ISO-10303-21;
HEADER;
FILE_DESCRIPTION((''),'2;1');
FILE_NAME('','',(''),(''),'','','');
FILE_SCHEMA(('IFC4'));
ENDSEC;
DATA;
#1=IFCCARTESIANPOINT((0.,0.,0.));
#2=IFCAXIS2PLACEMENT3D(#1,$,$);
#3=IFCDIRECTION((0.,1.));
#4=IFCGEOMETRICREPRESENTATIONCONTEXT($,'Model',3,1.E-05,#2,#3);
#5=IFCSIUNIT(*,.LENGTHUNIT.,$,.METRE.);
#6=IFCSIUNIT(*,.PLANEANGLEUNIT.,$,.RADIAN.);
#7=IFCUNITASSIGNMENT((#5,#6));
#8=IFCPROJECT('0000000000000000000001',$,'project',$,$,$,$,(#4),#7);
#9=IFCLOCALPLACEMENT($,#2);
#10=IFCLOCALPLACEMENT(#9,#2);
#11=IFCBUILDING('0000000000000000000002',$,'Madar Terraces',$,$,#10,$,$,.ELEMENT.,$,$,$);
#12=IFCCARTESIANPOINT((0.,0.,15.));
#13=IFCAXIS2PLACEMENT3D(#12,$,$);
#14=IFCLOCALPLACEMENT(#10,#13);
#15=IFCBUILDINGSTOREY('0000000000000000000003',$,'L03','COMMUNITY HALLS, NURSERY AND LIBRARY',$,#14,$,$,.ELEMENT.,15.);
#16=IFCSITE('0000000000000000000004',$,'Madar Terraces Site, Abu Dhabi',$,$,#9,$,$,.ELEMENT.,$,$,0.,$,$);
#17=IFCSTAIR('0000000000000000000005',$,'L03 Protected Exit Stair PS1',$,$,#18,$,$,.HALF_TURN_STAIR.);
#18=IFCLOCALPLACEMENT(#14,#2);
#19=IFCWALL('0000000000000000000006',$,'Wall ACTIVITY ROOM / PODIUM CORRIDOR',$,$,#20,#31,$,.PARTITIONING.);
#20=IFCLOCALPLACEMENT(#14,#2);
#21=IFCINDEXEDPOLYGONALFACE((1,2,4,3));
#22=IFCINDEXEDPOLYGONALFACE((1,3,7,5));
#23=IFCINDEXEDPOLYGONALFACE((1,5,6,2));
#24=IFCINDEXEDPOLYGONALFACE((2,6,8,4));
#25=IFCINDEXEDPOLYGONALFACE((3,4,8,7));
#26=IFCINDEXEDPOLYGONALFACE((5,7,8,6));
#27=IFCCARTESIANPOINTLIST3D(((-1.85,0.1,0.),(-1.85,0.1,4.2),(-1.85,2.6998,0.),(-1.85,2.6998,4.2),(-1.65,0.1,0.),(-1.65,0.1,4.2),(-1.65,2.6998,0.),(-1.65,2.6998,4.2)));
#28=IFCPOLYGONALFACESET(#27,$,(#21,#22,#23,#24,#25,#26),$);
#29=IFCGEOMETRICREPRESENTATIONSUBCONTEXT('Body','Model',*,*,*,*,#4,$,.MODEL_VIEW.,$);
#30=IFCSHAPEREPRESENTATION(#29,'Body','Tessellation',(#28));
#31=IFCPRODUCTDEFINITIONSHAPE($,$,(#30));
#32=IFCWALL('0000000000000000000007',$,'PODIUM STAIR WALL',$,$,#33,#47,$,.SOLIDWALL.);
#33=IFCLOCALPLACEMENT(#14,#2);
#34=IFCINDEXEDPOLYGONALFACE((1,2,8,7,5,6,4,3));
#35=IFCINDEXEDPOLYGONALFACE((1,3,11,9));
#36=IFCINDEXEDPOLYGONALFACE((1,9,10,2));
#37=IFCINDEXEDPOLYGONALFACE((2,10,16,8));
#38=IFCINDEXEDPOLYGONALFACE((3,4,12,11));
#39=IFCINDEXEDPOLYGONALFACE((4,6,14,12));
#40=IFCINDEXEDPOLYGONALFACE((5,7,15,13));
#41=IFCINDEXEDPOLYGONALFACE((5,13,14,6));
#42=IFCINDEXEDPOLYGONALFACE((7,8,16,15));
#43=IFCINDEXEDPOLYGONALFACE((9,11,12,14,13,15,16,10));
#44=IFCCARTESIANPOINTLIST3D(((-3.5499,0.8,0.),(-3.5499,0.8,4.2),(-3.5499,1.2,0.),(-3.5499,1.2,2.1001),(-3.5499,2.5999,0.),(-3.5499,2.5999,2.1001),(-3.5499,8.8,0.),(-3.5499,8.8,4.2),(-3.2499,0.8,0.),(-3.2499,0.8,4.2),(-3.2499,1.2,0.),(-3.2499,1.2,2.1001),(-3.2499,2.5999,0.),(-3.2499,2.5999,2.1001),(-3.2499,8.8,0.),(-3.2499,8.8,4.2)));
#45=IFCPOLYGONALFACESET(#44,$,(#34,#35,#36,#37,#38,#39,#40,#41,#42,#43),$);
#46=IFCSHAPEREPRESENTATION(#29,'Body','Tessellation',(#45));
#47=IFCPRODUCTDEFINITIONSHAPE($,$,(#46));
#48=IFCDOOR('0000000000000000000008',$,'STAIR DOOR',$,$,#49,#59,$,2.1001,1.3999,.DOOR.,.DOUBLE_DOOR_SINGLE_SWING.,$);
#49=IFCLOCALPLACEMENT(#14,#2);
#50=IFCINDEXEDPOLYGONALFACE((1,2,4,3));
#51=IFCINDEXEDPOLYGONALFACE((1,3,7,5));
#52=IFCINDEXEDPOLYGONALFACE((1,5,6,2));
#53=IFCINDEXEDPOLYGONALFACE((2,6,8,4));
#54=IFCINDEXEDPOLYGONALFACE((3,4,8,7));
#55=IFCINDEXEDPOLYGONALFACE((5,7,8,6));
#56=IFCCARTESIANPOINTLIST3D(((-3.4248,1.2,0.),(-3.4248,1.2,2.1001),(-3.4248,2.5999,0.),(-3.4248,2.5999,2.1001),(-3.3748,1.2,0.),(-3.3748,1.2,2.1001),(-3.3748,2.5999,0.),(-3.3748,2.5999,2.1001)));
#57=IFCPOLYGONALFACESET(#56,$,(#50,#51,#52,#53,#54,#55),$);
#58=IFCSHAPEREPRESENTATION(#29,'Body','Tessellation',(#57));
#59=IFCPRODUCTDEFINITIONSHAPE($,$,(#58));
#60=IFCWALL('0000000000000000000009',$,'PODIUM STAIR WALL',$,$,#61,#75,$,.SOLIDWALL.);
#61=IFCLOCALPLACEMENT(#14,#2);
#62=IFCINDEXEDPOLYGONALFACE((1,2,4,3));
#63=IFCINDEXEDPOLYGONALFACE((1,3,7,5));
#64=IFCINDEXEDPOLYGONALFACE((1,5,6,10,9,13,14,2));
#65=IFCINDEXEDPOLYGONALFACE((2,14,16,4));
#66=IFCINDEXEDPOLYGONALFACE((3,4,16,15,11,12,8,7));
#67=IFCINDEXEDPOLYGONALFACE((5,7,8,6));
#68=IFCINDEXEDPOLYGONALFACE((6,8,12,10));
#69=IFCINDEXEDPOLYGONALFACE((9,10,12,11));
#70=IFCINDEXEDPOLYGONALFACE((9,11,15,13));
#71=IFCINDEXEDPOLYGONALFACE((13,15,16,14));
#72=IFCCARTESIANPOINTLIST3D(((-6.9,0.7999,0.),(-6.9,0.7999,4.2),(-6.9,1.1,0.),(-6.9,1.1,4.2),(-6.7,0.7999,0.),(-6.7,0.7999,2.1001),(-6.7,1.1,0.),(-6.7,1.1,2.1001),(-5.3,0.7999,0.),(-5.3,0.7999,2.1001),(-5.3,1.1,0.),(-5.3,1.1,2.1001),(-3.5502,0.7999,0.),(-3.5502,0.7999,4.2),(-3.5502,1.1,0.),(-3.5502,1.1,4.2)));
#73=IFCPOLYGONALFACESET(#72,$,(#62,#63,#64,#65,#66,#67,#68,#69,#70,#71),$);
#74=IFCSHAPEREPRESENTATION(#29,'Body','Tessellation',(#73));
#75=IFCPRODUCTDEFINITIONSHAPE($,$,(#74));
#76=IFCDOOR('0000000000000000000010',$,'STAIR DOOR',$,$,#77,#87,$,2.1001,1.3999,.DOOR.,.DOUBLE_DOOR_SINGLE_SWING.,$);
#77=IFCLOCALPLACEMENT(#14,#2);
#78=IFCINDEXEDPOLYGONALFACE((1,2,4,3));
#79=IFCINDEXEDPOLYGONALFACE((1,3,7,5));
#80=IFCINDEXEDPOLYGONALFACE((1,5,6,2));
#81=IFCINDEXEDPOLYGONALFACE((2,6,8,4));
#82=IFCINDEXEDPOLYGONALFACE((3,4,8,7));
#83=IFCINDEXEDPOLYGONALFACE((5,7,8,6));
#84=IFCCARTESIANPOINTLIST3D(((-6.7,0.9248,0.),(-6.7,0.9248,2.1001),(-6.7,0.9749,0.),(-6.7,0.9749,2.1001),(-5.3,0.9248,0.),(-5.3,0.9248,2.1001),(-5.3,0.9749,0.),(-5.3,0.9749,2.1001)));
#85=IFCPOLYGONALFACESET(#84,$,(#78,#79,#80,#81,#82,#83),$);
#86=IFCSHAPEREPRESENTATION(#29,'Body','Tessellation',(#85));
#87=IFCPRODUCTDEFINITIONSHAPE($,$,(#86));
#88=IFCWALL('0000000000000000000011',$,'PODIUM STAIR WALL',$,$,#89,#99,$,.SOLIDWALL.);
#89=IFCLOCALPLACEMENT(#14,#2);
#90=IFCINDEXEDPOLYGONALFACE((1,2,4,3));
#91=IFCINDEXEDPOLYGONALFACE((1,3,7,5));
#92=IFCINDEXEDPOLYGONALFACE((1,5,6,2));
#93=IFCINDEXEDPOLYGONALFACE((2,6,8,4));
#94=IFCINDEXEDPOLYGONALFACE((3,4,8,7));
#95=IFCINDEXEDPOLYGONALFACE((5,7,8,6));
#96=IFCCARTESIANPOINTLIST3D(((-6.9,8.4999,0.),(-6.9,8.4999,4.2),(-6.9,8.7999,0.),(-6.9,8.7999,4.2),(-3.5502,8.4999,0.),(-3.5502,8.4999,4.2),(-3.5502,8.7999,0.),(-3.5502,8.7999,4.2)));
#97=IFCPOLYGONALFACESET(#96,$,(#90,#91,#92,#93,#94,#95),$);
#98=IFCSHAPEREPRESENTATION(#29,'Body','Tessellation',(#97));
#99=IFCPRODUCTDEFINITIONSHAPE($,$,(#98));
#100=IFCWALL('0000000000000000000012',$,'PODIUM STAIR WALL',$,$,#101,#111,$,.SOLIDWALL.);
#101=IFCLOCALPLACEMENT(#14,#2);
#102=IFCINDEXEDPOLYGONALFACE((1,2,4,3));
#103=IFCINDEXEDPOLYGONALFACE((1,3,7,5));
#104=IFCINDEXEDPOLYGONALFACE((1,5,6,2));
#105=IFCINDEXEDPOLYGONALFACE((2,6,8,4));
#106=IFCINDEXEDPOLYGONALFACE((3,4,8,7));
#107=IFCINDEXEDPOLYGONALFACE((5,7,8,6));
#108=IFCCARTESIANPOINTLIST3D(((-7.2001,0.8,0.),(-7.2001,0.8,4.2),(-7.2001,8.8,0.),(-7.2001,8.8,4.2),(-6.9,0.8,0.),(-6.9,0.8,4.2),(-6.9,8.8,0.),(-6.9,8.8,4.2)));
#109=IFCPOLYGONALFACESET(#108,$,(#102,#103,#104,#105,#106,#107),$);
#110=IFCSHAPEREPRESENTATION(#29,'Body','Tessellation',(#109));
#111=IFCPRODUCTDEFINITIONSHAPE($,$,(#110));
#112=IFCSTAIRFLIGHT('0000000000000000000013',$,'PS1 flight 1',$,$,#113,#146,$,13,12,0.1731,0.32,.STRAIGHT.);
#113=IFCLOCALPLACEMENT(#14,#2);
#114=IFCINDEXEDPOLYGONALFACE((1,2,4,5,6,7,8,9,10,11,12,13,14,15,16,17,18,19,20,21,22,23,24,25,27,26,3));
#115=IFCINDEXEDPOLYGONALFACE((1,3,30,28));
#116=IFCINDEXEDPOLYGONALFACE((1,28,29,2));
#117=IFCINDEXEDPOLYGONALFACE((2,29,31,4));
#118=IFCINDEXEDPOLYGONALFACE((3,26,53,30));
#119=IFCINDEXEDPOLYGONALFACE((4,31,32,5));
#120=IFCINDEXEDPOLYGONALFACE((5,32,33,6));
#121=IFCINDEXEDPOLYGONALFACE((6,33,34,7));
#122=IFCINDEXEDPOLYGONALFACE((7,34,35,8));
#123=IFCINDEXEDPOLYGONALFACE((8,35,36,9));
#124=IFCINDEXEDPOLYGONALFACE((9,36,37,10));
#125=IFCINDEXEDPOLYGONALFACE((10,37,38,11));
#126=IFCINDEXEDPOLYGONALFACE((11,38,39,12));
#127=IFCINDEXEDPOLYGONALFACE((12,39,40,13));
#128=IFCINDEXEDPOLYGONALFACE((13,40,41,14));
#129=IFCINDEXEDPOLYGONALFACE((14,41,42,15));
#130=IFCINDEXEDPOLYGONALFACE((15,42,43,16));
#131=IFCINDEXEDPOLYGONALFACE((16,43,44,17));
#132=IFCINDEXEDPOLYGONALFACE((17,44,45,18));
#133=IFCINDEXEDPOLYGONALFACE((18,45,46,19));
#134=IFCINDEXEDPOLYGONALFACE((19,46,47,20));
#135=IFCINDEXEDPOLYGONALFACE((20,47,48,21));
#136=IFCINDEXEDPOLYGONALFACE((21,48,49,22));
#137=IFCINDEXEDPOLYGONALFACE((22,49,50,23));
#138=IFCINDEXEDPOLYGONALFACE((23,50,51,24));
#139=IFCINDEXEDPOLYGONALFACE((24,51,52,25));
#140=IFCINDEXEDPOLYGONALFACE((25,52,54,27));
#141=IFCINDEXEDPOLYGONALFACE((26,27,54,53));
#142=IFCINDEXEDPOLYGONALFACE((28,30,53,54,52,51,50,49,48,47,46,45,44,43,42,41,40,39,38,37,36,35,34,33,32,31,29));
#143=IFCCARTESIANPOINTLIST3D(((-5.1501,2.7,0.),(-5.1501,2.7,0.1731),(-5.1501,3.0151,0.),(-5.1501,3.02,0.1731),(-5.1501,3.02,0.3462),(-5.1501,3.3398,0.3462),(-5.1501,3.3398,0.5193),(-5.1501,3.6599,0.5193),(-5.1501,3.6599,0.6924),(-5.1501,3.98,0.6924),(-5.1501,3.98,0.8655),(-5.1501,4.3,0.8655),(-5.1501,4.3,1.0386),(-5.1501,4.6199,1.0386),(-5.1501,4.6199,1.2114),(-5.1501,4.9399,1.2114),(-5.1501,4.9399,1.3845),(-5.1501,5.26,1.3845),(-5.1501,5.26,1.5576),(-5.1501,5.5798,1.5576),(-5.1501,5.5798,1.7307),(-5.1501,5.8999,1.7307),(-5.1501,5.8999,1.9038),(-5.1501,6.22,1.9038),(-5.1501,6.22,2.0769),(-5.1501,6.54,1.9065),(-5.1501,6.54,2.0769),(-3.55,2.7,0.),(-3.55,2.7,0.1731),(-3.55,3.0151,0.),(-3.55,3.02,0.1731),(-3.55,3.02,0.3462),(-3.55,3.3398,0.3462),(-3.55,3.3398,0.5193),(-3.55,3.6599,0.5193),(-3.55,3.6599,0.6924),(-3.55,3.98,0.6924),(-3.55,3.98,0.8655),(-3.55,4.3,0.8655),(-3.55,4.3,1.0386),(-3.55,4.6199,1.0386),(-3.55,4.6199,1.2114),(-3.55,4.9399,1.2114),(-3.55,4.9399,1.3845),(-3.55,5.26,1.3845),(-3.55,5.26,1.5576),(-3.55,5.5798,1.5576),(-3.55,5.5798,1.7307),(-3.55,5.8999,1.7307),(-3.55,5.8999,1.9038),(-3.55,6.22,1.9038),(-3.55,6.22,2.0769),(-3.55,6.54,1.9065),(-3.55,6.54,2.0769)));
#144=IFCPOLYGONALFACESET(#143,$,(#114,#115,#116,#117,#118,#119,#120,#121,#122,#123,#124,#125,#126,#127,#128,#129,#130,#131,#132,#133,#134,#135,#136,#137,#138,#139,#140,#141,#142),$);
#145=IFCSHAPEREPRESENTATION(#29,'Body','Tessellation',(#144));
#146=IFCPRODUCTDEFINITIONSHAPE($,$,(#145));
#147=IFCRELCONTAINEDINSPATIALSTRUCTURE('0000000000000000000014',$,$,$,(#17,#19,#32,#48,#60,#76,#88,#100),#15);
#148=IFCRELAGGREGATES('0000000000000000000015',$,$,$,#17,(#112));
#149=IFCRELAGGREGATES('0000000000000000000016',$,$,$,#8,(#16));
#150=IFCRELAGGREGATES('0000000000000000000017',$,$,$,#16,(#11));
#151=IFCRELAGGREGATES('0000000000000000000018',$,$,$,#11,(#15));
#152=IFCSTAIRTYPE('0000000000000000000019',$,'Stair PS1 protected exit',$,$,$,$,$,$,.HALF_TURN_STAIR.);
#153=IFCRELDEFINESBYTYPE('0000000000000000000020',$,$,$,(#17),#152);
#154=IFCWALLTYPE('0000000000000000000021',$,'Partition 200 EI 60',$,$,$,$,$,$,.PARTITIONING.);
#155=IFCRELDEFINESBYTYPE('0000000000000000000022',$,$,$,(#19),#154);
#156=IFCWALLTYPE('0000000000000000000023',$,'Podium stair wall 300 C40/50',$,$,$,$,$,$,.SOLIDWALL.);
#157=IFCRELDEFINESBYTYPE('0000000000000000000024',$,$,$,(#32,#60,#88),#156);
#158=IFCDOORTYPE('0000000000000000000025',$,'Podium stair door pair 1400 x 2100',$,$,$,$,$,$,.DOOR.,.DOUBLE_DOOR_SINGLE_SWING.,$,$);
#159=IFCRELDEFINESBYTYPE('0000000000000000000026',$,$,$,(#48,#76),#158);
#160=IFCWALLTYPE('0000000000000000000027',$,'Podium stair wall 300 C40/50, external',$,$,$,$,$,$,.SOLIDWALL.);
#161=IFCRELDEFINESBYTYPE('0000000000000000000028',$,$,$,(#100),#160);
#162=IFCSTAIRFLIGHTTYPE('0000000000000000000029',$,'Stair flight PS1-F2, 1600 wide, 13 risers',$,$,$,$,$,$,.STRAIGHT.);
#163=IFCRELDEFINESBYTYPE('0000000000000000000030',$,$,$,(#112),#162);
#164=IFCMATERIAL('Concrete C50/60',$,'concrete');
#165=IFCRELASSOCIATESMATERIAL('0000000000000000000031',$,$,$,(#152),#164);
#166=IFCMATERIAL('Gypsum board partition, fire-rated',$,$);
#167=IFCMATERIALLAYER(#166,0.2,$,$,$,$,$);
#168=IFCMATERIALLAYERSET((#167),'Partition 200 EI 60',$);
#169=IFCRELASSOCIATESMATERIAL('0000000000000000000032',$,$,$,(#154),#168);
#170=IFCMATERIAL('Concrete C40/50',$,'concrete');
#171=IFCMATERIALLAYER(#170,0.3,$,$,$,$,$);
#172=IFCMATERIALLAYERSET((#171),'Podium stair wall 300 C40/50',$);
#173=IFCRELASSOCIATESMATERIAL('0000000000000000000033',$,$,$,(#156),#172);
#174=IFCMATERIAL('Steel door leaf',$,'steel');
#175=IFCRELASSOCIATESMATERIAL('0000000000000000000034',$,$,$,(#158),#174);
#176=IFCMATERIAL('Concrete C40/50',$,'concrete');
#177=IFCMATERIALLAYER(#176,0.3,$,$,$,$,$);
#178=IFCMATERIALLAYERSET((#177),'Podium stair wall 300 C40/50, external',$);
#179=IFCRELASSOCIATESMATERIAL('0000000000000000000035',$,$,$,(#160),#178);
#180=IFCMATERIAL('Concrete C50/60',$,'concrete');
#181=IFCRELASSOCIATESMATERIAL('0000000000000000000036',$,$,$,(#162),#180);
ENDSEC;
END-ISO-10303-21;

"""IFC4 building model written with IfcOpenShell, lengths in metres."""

from ifc_helpers import new_model, si_unit, direction, frame, frame_2d, origin, place, context, subcontext, project, spatial, polyline, rectangle, outline, extrude, material, layer, layer_set, type_object, element, fill, aggregate, save


model = new_model("IFC4")

# Units and contexts
model_context = context("Model", 3, precision=1e-05, world=origin(), true_north=direction((0.0, 1.0)))
body_context = subcontext(model_context, "Body", "Model", "MODEL_VIEW")
ifc_project = project(units=[si_unit("LENGTHUNIT", "METRE"), si_unit("PLANEANGLEUNIT", "RADIAN")], contexts=[model_context])

# Site, building, storey
site_placement = place(None, origin())
site = spatial("IfcSite", under=ifc_project, at=site_placement, Name="Madar Terraces Site, Abu Dhabi", CompositionType="ELEMENT", RefElevation=0.0)
building_placement = place(site_placement, origin())
building = spatial("IfcBuilding", under=site, at=building_placement, Name="Madar Terraces", CompositionType="ELEMENT")
storey_placement = place(building_placement, frame((0.0, 0.0, 15.0)))
storey = spatial("IfcBuildingStorey", under=building, at=storey_placement, Name="L03", Description="COMMUNITY HALLS, NURSERY AND LIBRARY", CompositionType="ELEMENT", Elevation=15.0)

# Stair
ifc_material_1 = material(Name="Concrete C50/60", Category="concrete")
stair_type_1 = type_object("IfcStairType", Name="Stair PS1 protected exit", PredefinedType="HALF_TURN_STAIR", material=ifc_material_1)
stair_1_placement = place(storey_placement, origin())
stair_1 = element("IfcStair", 1, at=stair_1_placement, inside=storey, type_object=stair_type_1, Name="L03 Protected Exit Stair PS1", PredefinedType="HALF_TURN_STAIR")

# Wall
ifc_material_2 = material(Name="Gypsum board partition, fire-rated")
ifc_layer_1 = layer(ifc_material_2, 0.2)
ifc_layer_set_1 = layer_set([ifc_layer_1], Name="Partition 200 EI 60")
wall_type_1 = type_object("IfcWallType", Name="Partition 200 EI 60", PredefinedType="PARTITIONING", material=ifc_layer_set_1)
wall_1_placement = place(storey_placement, frame((-1.75, 0.1001, 0.0), z_axis=(0.0, 0.0, 1.0), x_axis=(0.0, 1.0, 0.0)))
element("IfcWall", 2, at=wall_1_placement, inside=storey, type_object=wall_type_1, Name="Wall ACTIVITY ROOM / PODIUM CORRIDOR", PredefinedType="PARTITIONING", context=body_context, shape_type="SweptSolid", body=[
    extrude(rectangle(XDim=2.5999, YDim=0.2, at=frame_2d((1.2998, 0.0))), origin(), (0.0, 0.0, 1.0), 4.2),
])

# Walls, openings, doors
ifc_material_3 = material(Name="Concrete C40/50", Category="concrete")
ifc_layer_2 = layer(ifc_material_3, 0.3)
ifc_layer_set_2 = layer_set([ifc_layer_2], Name="Podium stair wall 300 C40/50")
wall_type_2 = type_object("IfcWallType", Name="Podium stair wall 300 C40/50", PredefinedType="SOLIDWALL", material=ifc_layer_set_2)
wall_2_placement = place(storey_placement, frame((-3.3999, 0.8, 0.0), z_axis=(0.0, 0.0, 1.0), x_axis=(0.0, 1.0, 0.0)))
wall_2 = element("IfcWall", 3, at=wall_2_placement, inside=storey, type_object=wall_type_2, Name="PODIUM STAIR WALL", PredefinedType="SOLIDWALL", context=body_context, shape_type="SweptSolid", body=[
    extrude(rectangle(XDim=8.0, YDim=0.3, at=frame_2d((4.0, 0.0))), origin(), (0.0, 0.0, 1.0), 4.2),
])
opening_1_placement = place(wall_2_placement, frame((0.3999, 0.0, 0.0)))
opening_1 = element("IfcOpeningElement", 4, at=opening_1_placement, cuts=wall_2, PredefinedType="OPENING", context=body_context, shape_type="SweptSolid", body=[
    extrude(rectangle(XDim=1.3999, YDim=2.1001, at=frame_2d((0.7, 1.05))), frame((0.0, 0.1599, 0.0), z_axis=(0.0, -1.0, 0.0), x_axis=(1.0, 0.0, 0.0)), (0.0, 0.0, 1.0), 0.3201),
])
ifc_material_4 = material(Name="Steel door leaf", Category="steel")
door_type = type_object("IfcDoorType", Name="Podium stair door pair 1400 x 2100", OperationType="DOUBLE_DOOR_SINGLE_SWING", PredefinedType="DOOR", material=ifc_material_4)
door_1_placement = place(opening_1_placement, origin())
door_1 = element("IfcDoor", 5, at=door_1_placement, inside=storey, type_object=door_type, Name="STAIR DOOR", OperationType="DOUBLE_DOOR_SINGLE_SWING", OverallHeight=2.1001, OverallWidth=1.3999, PredefinedType="DOOR", context=body_context, shape_type="SweptSolid", body=[
    extrude(rectangle(XDim=1.3999, YDim=2.1001, at=frame_2d((0.7, 1.05))), frame((0.0, 0.0249, 0.0), z_axis=(0.0, -1.0, 0.0), x_axis=(1.0, 0.0, 0.0)), (0.0, 0.0, 1.0), 0.05),
])
fill(opening_1, door_1)
wall_3_placement = place(storey_placement, frame((-6.8999, 0.95, 0.0), z_axis=(0.0, 0.0, 1.0), x_axis=(1.0, 0.0, 0.0)))
wall_3 = element("IfcWall", 6, at=wall_3_placement, inside=storey, type_object=wall_type_2, Name="PODIUM STAIR WALL", PredefinedType="SOLIDWALL", context=body_context, shape_type="SweptSolid", body=[
    extrude(rectangle(XDim=3.3499, YDim=0.3, at=frame_2d((1.6748, 0.0))), origin(), (0.0, 0.0, 1.0), 4.2),
])
opening_2_placement = place(wall_3_placement, frame((0.2, 0.0, 0.0)))
opening_2 = element("IfcOpeningElement", 7, at=opening_2_placement, cuts=wall_3, PredefinedType="OPENING", context=body_context, shape_type="SweptSolid", body=[
    extrude(rectangle(XDim=1.3999, YDim=2.1001, at=frame_2d((0.7, 1.05))), frame((0.0, 0.1599, 0.0), z_axis=(0.0, -1.0, 0.0), x_axis=(1.0, 0.0, 0.0)), (0.0, 0.0, 1.0), 0.3201),
])
door_2_placement = place(opening_2_placement, origin())
door_2 = element("IfcDoor", 8, at=door_2_placement, inside=storey, type_object=door_type, Name="STAIR DOOR", OperationType="DOUBLE_DOOR_SINGLE_SWING", OverallHeight=2.1001, OverallWidth=1.3999, PredefinedType="DOOR", context=body_context, shape_type="SweptSolid", body=[
    extrude(rectangle(XDim=1.3999, YDim=2.1001, at=frame_2d((0.7, 1.05))), frame((0.0, 0.0249, 0.0), z_axis=(0.0, -1.0, 0.0), x_axis=(1.0, 0.0, 0.0)), (0.0, 0.0, 1.0), 0.05),
])
fill(opening_2, door_2)

# Walls
wall_4_placement = place(storey_placement, frame((-6.8999, 8.6499, 0.0), z_axis=(0.0, 0.0, 1.0), x_axis=(1.0, 0.0, 0.0)))
element("IfcWall", 9, at=wall_4_placement, inside=storey, type_object=wall_type_2, Name="PODIUM STAIR WALL", PredefinedType="SOLIDWALL", context=body_context, shape_type="SweptSolid", body=[
    extrude(rectangle(XDim=3.3499, YDim=0.3, at=frame_2d((1.6748, 0.0))), origin(), (0.0, 0.0, 1.0), 4.2),
])
ifc_material_5 = material(Name="Concrete C40/50", Category="concrete")
ifc_layer_3 = layer(ifc_material_5, 0.3)
ifc_layer_set_3 = layer_set([ifc_layer_3], Name="Podium stair wall 300 C40/50, external")
wall_type_3 = type_object("IfcWallType", Name="Podium stair wall 300 C40/50, external", PredefinedType="SOLIDWALL", material=ifc_layer_set_3)
wall_5_placement = place(storey_placement, frame((-7.05, 0.8, 0.0), z_axis=(0.0, 0.0, 1.0), x_axis=(0.0, 1.0, 0.0)))
element("IfcWall", 10, at=wall_5_placement, inside=storey, type_object=wall_type_3, Name="PODIUM STAIR WALL", PredefinedType="SOLIDWALL", context=body_context, shape_type="SweptSolid", body=[
    extrude(rectangle(XDim=8.0, YDim=0.3, at=frame_2d((4.0, 0.0))), origin(), (0.0, 0.0, 1.0), 4.2),
])

# Stair flight
ifc_material_6 = material(Name="Concrete C50/60", Category="concrete")
stair_flight_type = type_object("IfcStairFlightType", Name="Stair flight PS1-F2, 1600 wide, 13 risers", PredefinedType="STRAIGHT", material=ifc_material_6)
stair_flight_1_placement = place(storey_placement, frame((-4.3501, 2.7, 0.0), z_axis=(0.0, 0.0, 1.0), x_axis=(0.0, 1.0, 0.0)))
stair_flight_1 = element("IfcStairFlight", 11, at=stair_flight_1_placement, type_object=stair_flight_type, Name="PS1 flight 1", NumberOfRisers=13, NumberOfTreads=12, PredefinedType="STRAIGHT", RiserHeight=0.1731, TreadLength=0.32, context=body_context, shape_type="SweptSolid", body=[
    extrude(outline(polyline([(0.0, 0.0), (0.0, 0.1731), (0.3201, 0.1731), (0.3201, 0.3462), (0.6399, 0.3462), (0.6399, 0.5193), (0.96, 0.5193), (0.96, 0.6924), (1.28, 0.6924), (1.28, 0.8655), (1.6001, 0.8655), (1.6001, 1.0386), (1.9199, 1.0386), (1.9199, 1.2114), (2.24, 1.2114), (2.24, 1.3845), (2.5601, 1.3845), (2.5601, 1.5576), (2.8799, 1.5576), (2.8799, 1.7307), (3.2, 1.7307), (3.2, 1.9038), (3.52, 1.9038), (3.52, 2.0769), (3.8401, 2.0769), (3.8401, 2.25), (3.8401, 1.9065), (0.3152, 0.0), (0.0, 0.0)])), frame((0.0, 0.8, 0.0), z_axis=(0.0, -1.0, 0.0), x_axis=(1.0, 0.0, 0.0)), (0.0, 0.0, 1.0), 1.6001),
])
aggregate(stair_1, [stair_flight_1])

save(model, "model.ifc")
